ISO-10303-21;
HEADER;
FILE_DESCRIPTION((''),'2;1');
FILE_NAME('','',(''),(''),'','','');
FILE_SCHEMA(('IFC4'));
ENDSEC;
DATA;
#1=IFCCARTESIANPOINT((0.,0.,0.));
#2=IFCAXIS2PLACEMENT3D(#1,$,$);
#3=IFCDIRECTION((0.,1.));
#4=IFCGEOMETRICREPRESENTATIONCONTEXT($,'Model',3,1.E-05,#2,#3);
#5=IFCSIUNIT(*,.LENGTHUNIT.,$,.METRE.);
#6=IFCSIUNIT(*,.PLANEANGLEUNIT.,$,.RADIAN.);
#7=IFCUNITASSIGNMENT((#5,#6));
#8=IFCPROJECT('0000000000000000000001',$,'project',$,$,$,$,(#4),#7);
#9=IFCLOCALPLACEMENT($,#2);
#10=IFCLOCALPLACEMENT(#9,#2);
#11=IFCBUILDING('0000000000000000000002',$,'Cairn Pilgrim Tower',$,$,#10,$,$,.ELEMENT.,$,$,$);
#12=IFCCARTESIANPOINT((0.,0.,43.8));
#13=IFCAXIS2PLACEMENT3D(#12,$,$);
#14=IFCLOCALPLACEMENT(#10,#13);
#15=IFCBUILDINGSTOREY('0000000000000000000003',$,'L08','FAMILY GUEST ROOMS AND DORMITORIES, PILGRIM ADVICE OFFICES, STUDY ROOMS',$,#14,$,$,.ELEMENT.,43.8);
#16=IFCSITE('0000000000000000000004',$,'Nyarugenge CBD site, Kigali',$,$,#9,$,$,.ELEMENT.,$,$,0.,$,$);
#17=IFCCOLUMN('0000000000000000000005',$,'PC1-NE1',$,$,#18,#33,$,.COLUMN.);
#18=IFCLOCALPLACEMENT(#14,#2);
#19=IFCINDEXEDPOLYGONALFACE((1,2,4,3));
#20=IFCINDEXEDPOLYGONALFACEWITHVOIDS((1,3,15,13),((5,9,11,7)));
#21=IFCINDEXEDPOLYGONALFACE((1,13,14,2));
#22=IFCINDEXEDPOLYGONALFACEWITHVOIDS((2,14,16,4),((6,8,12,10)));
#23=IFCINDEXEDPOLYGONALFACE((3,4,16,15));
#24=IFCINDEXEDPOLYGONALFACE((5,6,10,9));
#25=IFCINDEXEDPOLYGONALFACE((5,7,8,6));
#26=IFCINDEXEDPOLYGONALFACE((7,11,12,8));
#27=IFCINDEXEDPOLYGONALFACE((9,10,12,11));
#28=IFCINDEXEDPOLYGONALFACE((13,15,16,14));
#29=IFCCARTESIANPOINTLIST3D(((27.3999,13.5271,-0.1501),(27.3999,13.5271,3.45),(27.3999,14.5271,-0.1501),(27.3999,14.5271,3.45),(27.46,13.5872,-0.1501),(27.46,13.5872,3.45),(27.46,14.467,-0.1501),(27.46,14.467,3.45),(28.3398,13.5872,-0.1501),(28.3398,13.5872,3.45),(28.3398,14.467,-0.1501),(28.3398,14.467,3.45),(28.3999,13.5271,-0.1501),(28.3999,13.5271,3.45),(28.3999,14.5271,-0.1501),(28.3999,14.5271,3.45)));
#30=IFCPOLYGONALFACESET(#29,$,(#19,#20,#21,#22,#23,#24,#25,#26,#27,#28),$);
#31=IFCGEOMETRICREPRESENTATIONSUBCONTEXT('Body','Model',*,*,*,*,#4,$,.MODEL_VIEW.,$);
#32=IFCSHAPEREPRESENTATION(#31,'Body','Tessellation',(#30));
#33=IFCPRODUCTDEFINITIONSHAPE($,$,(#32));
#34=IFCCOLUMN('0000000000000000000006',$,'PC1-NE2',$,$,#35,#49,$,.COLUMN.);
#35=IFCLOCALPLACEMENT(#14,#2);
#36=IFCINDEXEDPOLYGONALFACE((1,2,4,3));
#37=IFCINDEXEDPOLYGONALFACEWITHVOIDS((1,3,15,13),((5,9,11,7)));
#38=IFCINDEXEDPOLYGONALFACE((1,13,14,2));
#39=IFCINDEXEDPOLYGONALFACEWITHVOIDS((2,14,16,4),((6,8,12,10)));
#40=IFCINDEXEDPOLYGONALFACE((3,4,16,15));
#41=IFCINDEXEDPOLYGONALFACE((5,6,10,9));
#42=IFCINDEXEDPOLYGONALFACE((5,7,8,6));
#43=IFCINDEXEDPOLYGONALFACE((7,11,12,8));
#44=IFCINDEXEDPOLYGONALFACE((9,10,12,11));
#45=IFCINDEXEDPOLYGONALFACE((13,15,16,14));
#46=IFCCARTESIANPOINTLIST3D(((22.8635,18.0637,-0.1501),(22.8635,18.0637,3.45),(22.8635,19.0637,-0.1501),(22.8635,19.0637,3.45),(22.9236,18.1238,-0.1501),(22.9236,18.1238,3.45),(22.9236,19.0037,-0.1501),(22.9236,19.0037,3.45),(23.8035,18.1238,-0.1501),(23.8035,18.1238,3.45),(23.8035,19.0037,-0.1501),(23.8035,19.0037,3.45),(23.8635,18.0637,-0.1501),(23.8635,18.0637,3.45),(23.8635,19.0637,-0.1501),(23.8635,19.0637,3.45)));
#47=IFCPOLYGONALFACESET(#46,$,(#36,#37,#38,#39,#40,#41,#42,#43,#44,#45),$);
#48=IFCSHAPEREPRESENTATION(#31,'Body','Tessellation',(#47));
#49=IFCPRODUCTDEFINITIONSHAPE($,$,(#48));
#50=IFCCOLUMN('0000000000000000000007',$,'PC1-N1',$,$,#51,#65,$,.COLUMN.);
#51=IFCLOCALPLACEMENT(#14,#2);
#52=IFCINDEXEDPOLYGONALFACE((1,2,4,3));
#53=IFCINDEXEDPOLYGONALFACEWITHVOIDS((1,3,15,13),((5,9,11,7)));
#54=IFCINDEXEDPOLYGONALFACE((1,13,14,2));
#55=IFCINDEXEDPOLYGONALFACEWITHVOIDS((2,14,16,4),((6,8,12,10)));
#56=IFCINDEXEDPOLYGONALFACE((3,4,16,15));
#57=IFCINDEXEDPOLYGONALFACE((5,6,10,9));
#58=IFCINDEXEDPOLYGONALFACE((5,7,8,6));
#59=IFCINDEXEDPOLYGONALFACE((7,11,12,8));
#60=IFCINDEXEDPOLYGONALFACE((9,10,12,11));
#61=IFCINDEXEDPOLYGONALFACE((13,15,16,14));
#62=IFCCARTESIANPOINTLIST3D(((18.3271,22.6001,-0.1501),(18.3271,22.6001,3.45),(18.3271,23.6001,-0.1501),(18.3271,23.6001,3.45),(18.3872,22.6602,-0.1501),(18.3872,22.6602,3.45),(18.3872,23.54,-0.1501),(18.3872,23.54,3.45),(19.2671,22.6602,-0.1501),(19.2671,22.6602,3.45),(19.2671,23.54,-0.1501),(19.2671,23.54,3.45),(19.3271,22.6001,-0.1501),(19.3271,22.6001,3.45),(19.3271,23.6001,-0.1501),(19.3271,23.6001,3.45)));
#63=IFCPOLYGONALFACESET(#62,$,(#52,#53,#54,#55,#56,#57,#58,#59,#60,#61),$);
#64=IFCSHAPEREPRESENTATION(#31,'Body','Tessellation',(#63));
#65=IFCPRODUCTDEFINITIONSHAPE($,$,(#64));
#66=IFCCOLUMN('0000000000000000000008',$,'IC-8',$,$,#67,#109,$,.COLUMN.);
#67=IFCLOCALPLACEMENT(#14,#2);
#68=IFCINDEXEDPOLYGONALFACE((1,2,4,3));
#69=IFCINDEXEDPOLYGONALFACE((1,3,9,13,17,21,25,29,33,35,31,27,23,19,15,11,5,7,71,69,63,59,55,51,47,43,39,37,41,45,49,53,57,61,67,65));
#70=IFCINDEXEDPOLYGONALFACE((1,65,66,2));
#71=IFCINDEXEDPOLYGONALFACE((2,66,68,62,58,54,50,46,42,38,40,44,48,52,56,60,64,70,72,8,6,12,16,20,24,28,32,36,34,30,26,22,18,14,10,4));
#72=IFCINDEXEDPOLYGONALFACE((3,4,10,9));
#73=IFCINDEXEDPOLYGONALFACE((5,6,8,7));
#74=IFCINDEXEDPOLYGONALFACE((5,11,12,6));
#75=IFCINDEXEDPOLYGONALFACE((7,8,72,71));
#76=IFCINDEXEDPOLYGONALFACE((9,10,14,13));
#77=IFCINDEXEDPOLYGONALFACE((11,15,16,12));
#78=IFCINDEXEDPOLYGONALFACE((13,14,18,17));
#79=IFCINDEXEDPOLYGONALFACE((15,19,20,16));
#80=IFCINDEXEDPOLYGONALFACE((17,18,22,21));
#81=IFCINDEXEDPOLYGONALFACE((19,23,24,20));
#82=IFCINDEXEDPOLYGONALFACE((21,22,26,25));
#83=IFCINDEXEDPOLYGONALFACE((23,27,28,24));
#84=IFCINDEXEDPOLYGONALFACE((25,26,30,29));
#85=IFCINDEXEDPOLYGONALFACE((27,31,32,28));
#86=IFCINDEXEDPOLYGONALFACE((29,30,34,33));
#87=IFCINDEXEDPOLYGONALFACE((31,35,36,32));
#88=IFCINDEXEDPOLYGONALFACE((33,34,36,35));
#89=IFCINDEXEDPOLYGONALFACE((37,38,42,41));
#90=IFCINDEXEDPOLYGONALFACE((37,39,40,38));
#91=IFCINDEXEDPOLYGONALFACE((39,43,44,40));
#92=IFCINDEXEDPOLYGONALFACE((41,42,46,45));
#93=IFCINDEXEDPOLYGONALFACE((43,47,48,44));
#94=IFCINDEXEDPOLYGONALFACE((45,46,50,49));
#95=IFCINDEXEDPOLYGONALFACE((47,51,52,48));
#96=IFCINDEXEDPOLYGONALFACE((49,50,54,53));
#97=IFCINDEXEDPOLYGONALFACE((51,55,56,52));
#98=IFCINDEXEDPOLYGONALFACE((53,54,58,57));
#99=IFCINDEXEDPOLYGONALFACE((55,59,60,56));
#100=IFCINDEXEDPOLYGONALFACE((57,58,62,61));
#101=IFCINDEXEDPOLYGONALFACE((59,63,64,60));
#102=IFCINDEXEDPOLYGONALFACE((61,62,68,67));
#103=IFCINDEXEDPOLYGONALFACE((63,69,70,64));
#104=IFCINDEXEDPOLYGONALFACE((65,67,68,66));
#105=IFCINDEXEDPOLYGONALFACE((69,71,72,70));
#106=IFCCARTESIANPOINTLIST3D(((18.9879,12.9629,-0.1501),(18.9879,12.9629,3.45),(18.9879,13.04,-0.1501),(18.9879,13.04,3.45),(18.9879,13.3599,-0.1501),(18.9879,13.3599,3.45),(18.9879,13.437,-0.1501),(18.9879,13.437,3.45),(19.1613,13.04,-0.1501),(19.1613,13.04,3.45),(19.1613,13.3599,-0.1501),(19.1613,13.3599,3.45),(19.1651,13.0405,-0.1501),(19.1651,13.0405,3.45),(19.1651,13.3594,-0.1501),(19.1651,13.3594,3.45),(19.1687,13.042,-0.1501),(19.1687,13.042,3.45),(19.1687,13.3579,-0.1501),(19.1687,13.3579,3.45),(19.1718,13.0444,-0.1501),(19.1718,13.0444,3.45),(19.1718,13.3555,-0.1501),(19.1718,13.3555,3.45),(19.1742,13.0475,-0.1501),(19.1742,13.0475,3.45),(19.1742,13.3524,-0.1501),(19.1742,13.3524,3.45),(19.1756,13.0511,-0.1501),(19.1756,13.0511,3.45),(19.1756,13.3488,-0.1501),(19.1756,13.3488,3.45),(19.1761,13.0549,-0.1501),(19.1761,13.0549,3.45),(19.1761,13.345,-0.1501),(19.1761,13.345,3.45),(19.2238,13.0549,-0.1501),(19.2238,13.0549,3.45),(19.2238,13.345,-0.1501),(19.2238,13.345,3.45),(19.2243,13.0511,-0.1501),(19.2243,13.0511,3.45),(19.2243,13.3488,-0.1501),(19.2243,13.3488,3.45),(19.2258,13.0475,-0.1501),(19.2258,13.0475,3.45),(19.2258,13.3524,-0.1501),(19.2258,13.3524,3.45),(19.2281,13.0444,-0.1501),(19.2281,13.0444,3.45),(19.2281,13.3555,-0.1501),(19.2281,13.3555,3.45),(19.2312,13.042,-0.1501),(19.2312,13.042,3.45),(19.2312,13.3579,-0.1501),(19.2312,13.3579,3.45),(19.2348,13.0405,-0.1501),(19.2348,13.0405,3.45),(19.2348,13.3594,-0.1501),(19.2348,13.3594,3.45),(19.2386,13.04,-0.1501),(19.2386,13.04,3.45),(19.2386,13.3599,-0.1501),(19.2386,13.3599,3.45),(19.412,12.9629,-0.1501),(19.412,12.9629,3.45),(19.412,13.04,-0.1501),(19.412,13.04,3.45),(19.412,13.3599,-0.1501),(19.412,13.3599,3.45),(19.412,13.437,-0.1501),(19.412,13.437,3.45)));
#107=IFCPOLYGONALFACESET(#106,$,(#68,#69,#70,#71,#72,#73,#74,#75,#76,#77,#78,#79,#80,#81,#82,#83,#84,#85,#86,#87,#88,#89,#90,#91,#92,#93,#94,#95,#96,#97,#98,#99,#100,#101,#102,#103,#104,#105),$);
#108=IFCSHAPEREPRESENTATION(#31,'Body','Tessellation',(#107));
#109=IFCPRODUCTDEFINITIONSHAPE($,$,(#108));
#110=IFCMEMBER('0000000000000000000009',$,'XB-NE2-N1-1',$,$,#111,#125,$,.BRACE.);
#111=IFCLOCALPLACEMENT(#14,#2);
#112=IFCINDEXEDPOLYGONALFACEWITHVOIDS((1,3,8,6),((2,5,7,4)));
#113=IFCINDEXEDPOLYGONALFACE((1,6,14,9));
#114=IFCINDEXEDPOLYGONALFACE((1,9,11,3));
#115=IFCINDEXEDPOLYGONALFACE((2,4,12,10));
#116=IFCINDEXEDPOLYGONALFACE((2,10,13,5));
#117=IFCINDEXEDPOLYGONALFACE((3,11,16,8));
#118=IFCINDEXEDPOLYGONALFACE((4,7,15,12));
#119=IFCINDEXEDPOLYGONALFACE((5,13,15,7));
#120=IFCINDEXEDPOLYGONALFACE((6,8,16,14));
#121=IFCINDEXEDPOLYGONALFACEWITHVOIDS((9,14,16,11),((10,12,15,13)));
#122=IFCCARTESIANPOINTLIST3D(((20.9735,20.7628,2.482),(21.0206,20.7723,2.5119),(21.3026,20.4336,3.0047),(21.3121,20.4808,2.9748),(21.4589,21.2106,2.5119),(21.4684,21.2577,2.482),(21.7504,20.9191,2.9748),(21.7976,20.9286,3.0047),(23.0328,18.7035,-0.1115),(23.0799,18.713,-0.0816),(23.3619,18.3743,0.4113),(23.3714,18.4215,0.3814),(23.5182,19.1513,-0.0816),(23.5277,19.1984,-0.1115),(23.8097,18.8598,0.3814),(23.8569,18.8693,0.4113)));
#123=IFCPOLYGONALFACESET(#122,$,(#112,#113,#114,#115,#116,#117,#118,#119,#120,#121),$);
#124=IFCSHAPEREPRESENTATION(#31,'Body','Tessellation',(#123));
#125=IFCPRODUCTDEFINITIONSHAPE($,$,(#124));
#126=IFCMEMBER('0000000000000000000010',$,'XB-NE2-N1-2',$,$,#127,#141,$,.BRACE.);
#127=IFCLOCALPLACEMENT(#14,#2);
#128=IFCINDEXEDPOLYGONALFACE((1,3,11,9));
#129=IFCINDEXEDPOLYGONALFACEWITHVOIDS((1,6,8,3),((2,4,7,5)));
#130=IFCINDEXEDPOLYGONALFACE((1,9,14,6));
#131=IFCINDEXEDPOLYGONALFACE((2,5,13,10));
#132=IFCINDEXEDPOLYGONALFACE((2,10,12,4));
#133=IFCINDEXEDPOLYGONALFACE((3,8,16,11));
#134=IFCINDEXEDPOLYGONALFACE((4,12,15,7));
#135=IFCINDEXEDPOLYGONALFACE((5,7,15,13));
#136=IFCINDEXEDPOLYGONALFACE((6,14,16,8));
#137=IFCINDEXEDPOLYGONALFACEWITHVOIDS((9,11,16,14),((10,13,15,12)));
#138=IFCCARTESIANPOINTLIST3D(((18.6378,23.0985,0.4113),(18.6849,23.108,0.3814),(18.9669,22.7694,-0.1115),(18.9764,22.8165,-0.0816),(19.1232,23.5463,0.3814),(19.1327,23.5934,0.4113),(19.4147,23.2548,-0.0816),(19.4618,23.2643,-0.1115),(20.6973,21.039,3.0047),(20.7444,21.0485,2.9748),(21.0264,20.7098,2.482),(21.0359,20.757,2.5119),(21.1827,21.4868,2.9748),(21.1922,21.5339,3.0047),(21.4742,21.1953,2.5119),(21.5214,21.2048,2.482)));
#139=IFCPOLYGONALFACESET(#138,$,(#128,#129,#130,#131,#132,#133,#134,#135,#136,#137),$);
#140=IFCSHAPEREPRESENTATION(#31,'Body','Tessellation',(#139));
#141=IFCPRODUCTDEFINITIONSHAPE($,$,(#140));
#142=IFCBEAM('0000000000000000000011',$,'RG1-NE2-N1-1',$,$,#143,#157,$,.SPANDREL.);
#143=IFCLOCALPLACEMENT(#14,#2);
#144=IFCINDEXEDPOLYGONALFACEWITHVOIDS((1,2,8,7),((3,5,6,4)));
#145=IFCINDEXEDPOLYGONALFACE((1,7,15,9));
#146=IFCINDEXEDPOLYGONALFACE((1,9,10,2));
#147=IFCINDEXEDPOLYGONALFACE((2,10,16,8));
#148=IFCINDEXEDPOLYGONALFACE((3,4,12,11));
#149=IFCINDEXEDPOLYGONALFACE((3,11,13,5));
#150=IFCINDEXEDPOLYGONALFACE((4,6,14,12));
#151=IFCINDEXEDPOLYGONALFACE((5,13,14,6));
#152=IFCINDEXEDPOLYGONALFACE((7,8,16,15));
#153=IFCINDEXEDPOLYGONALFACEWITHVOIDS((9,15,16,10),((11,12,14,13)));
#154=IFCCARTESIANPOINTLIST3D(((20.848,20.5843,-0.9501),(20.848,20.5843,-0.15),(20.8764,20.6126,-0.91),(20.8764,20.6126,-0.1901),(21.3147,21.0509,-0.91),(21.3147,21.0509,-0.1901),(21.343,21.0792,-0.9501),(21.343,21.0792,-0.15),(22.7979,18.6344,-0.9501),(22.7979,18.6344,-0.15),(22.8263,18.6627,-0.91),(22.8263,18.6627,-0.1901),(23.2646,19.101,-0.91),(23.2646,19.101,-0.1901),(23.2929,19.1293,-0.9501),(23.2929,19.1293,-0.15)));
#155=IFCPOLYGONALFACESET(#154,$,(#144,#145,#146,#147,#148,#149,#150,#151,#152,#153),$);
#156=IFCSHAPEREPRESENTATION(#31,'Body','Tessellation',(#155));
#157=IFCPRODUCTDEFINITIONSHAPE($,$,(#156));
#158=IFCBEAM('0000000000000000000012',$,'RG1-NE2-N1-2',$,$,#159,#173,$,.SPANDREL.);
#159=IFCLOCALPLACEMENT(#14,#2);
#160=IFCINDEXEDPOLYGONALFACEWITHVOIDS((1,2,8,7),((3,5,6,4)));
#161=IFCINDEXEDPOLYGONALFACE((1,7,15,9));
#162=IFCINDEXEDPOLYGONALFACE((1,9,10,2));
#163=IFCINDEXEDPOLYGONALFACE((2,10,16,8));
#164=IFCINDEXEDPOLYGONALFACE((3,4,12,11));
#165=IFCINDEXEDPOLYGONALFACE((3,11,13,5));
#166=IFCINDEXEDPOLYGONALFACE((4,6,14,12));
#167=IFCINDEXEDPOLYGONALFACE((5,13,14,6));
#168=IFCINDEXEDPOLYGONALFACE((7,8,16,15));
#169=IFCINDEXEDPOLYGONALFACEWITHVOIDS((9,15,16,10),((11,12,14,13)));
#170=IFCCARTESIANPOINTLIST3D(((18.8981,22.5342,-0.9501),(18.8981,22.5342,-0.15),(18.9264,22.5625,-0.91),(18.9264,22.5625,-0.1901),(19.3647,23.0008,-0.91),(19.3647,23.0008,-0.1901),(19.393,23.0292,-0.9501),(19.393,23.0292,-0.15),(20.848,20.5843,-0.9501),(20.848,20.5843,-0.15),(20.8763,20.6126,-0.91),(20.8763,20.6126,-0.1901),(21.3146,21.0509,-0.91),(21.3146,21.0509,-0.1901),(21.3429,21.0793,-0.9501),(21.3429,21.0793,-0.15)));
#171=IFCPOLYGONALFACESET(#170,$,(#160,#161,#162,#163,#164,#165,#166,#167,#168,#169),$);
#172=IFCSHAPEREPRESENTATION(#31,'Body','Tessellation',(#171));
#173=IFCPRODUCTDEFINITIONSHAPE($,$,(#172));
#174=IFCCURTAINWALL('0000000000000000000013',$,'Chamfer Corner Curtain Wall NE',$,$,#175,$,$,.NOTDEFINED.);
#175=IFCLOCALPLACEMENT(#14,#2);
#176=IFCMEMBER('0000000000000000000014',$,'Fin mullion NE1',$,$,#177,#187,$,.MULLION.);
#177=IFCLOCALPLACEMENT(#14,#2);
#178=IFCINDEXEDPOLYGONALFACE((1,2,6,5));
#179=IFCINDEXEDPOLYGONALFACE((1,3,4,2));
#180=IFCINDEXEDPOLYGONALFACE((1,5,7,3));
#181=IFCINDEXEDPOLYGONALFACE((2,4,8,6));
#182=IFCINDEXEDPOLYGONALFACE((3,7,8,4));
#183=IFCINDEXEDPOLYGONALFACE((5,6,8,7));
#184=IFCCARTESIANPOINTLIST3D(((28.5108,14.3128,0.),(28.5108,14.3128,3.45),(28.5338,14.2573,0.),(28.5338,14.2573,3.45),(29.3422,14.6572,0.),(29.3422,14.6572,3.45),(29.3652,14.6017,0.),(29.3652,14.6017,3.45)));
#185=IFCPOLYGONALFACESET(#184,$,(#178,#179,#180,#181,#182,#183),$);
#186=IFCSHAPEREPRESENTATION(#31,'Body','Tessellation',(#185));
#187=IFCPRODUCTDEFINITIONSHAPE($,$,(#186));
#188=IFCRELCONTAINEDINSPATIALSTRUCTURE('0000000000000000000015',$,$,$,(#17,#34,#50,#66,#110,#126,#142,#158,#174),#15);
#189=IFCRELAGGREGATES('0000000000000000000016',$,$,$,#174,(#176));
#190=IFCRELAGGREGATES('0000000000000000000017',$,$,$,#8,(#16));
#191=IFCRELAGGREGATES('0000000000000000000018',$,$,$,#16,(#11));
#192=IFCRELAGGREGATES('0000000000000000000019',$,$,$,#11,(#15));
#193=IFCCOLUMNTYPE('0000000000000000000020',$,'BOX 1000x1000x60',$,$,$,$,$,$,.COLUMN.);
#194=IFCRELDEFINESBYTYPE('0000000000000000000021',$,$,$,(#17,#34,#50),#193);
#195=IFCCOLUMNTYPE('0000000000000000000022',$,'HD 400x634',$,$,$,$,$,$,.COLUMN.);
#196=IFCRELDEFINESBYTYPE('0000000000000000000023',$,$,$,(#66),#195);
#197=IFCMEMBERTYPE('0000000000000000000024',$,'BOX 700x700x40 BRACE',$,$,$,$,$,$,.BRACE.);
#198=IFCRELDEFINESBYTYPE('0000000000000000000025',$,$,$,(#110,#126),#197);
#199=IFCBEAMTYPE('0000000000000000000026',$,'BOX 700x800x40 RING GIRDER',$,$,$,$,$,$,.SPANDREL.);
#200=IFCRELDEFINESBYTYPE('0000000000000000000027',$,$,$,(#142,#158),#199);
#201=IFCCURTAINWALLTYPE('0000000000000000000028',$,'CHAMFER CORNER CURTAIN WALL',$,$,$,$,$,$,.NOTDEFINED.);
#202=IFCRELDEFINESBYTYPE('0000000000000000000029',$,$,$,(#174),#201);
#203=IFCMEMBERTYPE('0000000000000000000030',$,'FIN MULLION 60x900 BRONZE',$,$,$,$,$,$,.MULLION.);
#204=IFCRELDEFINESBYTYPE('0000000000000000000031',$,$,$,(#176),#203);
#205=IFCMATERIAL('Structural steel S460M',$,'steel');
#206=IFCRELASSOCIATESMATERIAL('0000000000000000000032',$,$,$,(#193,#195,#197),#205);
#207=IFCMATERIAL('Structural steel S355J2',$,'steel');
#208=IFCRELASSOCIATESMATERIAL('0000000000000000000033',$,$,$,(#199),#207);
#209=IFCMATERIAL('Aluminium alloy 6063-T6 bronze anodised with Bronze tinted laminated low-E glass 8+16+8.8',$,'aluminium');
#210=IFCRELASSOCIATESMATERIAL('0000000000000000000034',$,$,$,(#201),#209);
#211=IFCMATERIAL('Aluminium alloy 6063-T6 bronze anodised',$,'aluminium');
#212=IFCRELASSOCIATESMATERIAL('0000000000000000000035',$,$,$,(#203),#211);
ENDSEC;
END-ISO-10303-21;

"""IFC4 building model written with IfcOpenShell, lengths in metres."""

from ifc_helpers import new_model, si_unit, direction, frame, origin, origin_2d, place, context, subcontext, project, spatial, rectangle, hollow_rectangle, i_section, extrude, material, material_profile, profile_set, type_object, element, aggregate, save


model = new_model("IFC4")

# Units and contexts
model_context = context("Model", 3, precision=1e-05, world=origin(), true_north=direction((0.0, 1.0)))
body_context = subcontext(model_context, "Body", "Model", "MODEL_VIEW")
ifc_project = project(units=[si_unit("LENGTHUNIT", "METRE"), si_unit("PLANEANGLEUNIT", "RADIAN")], contexts=[model_context])

# Site, building, storey
site_placement = place(None, origin())
site = spatial("IfcSite", under=ifc_project, at=site_placement, Name="Nyarugenge CBD site, Kigali", CompositionType="ELEMENT", RefElevation=0.0)
building_placement = place(site_placement, origin())
building = spatial("IfcBuilding", under=site, at=building_placement, Name="Cairn Pilgrim Tower", CompositionType="ELEMENT")
storey_placement = place(building_placement, frame((0.0, 0.0, 43.8)))
storey = spatial("IfcBuildingStorey", under=building, at=storey_placement, Name="L08", Description="FAMILY GUEST ROOMS AND DORMITORIES, PILGRIM ADVICE OFFICES, STUDY ROOMS", CompositionType="ELEMENT", Elevation=43.8)

# Columns
ifc_material_1 = material(Name="Structural steel S460M", Category="steel")
ifc_material_profile_1 = material_profile(ifc_material_1, hollow_rectangle(XDim=1.0, YDim=1.0, WallThickness=0.0601, at=origin_2d()), Name="BOX 1000x1000x60")
ifc_profile_set_1 = profile_set([ifc_material_profile_1], Name="Structural steel S460M")
column_type_1 = type_object("IfcColumnType", Name="BOX 1000x1000x60", PredefinedType="COLUMN", material=ifc_profile_set_1)
for number, where, z_axis, x_axis, name in (
    (1, (27.8999, 14.0271, -0.1501), (0.0, 0.0, 1.0), (1.0, 0.0, 0.0), "PC1-NE1"),
    (2, (23.3635, 18.5637, -0.1501), (0.0, 0.0, 1.0), (1.0, 0.0, 0.0), "PC1-NE2"),
    (3, (18.8271, 23.1001, -0.1501), (0.0, 0.0, 1.0), (1.0, 0.0, 0.0), "PC1-N1"),
):
    element("IfcColumn", number, at=place(storey_placement, frame(where, z_axis=z_axis, x_axis=x_axis)), inside=storey, type_object=column_type_1, Name=name, PredefinedType="COLUMN", context=body_context, shape_type="SweptSolid", body=[
        extrude(hollow_rectangle(XDim=1.0, YDim=1.0, WallThickness=0.0601, at=origin_2d()), origin(), (0.0, 0.0, 1.0), 3.6001),
    ])
ifc_material_profile_2 = material_profile(ifc_material_1, i_section(OverallWidth=0.4241, OverallDepth=0.4741, WebThickness=0.0476, FlangeThickness=0.0771, FilletRadius=0.0149, at=origin_2d()), Name="HD 400x634")
ifc_profile_set_2 = profile_set([ifc_material_profile_2], Name="Structural steel S460M")
column_type_2 = type_object("IfcColumnType", Name="HD 400x634", PredefinedType="COLUMN", material=ifc_profile_set_2)
column_placement = place(storey_placement, frame((19.2, 13.2, -0.1501), z_axis=(0.0, 0.0, 1.0), x_axis=(1.0, 0.0, 0.0)))
element("IfcColumn", 4, at=column_placement, inside=storey, type_object=column_type_2, Name="IC-8", PredefinedType="COLUMN", context=body_context, shape_type="SweptSolid", body=[
    extrude(i_section(OverallWidth=0.4241, OverallDepth=0.4741, WebThickness=0.0476, FlangeThickness=0.0771, FilletRadius=0.0149, at=origin_2d()), origin(), (0.0, 0.0, 1.0), 3.6001),
])

# Members
ifc_material_profile_3 = material_profile(ifc_material_1, hollow_rectangle(XDim=0.7, YDim=0.7, WallThickness=0.04, at=origin_2d()), Name="BOX 700x700x40")
ifc_profile_set_3 = profile_set([ifc_material_profile_3], Name="Structural steel S460M")
member_type_1 = type_object("IfcMemberType", Name="BOX 700x700x40 BRACE", PredefinedType="BRACE", material=ifc_profile_set_3)
member_1_placement = place(storey_placement, frame((23.4448, 18.7864, 0.1499), z_axis=(-0.528068, 0.528068, 0.665047), x_axis=(-0.707107, -0.707107, 0.0)))
element("IfcMember", 5, at=member_1_placement, inside=storey, type_object=member_type_1, Name="XB-NE2-N1-1", PredefinedType="BRACE", context=body_context, shape_type="SweptSolid", body=[
    extrude(hollow_rectangle(XDim=0.7, YDim=0.7, WallThickness=0.04, at=origin_2d()), origin(), (0.0, 0.0, 1.0), 3.8997),
])
member_2_placement = place(storey_placement, frame((19.0498, 23.1814, 0.1499), z_axis=(0.528096, -0.528096, 0.665003), x_axis=(0.707107, 0.707107, 0.0)))
element("IfcMember", 6, at=member_2_placement, inside=storey, type_object=member_type_1, Name="XB-NE2-N1-2", PredefinedType="BRACE", context=body_context, shape_type="SweptSolid", body=[
    extrude(hollow_rectangle(XDim=0.7, YDim=0.7, WallThickness=0.04, at=origin_2d()), origin(), (0.0, 0.0, 1.0), 3.8999),
])

# Beams
ifc_material_2 = material(Name="Structural steel S355J2", Category="steel")
ifc_material_profile_4 = material_profile(ifc_material_2, hollow_rectangle(XDim=0.7, YDim=0.8, WallThickness=0.04, at=origin_2d()), Name="BOX 700x800x40")
ifc_profile_set_4 = profile_set([ifc_material_profile_4], Name="Structural steel S355J2")
beam_type_1 = type_object("IfcBeamType", Name="BOX 700x800x40 RING GIRDER", PredefinedType="SPANDREL", material=ifc_profile_set_4)
for number, where, z_axis, x_axis, name in (
    (7, (23.0454, 18.8818, -0.55), (-0.707107, 0.707107, 0.0), (-0.707107, -0.707107, 0.0), "RG1-NE2-N1-1"),
    (8, (21.0955, 20.8318, -0.55), (-0.707107, 0.707107, 0.0), (-0.707107, -0.707107, 0.0), "RG1-NE2-N1-2"),
):
    element("IfcBeam", number, at=place(storey_placement, frame(where, z_axis=z_axis, x_axis=x_axis)), inside=storey, type_object=beam_type_1, Name=name, PredefinedType="SPANDREL", context=body_context, shape_type="SweptSolid", body=[
        extrude(hollow_rectangle(XDim=0.7, YDim=0.8, WallThickness=0.04, at=origin_2d()), origin(), (0.0, 0.0, 1.0), 2.7576),
    ])

# Curtain wall, member
ifc_material_3 = material(Name="Aluminium alloy 6063-T6 bronze anodised with Bronze tinted laminated low-E glass 8+16+8.8", Category="aluminium")
curtain_wall_type_1 = type_object("IfcCurtainWallType", Name="CHAMFER CORNER CURTAIN WALL", PredefinedType="NOTDEFINED", material=ifc_material_3)
curtain_wall_1_placement = place(storey_placement, origin())
curtain_wall_1 = element("IfcCurtainWall", 9, at=curtain_wall_1_placement, inside=storey, type_object=curtain_wall_type_1, Name="Chamfer Corner Curtain Wall NE", PredefinedType="NOTDEFINED")
ifc_material_4 = material(Name="Aluminium alloy 6063-T6 bronze anodised", Category="aluminium")
ifc_material_profile_5 = material_profile(ifc_material_4, rectangle(XDim=0.8999, YDim=0.0601, at=origin_2d()), Name="FIN MULLION 60x900 BRONZE")
ifc_profile_set_5 = profile_set([ifc_material_profile_5], Name="Aluminium alloy 6063-T6 bronze anodised")
member_type_2 = type_object("IfcMemberType", Name="FIN MULLION 60x900 BRONZE", PredefinedType="MULLION", material=ifc_profile_set_5)
member_3_placement = place(storey_placement, frame((28.938, 14.4573, 0.0), z_axis=(0.0, 0.0, 1.0), x_axis=(0.92388, 0.382683, 0.0)))
member_3 = element("IfcMember", 10, at=member_3_placement, type_object=member_type_2, Name="Fin mullion NE1", PredefinedType="MULLION", context=body_context, shape_type="SweptSolid", body=[
    extrude(rectangle(XDim=0.8999, YDim=0.0601, at=origin_2d()), origin(), (0.0, 0.0, 1.0), 3.45),
])

aggregate(curtain_wall_1, [member_3])

save(model, "model.ifc")
